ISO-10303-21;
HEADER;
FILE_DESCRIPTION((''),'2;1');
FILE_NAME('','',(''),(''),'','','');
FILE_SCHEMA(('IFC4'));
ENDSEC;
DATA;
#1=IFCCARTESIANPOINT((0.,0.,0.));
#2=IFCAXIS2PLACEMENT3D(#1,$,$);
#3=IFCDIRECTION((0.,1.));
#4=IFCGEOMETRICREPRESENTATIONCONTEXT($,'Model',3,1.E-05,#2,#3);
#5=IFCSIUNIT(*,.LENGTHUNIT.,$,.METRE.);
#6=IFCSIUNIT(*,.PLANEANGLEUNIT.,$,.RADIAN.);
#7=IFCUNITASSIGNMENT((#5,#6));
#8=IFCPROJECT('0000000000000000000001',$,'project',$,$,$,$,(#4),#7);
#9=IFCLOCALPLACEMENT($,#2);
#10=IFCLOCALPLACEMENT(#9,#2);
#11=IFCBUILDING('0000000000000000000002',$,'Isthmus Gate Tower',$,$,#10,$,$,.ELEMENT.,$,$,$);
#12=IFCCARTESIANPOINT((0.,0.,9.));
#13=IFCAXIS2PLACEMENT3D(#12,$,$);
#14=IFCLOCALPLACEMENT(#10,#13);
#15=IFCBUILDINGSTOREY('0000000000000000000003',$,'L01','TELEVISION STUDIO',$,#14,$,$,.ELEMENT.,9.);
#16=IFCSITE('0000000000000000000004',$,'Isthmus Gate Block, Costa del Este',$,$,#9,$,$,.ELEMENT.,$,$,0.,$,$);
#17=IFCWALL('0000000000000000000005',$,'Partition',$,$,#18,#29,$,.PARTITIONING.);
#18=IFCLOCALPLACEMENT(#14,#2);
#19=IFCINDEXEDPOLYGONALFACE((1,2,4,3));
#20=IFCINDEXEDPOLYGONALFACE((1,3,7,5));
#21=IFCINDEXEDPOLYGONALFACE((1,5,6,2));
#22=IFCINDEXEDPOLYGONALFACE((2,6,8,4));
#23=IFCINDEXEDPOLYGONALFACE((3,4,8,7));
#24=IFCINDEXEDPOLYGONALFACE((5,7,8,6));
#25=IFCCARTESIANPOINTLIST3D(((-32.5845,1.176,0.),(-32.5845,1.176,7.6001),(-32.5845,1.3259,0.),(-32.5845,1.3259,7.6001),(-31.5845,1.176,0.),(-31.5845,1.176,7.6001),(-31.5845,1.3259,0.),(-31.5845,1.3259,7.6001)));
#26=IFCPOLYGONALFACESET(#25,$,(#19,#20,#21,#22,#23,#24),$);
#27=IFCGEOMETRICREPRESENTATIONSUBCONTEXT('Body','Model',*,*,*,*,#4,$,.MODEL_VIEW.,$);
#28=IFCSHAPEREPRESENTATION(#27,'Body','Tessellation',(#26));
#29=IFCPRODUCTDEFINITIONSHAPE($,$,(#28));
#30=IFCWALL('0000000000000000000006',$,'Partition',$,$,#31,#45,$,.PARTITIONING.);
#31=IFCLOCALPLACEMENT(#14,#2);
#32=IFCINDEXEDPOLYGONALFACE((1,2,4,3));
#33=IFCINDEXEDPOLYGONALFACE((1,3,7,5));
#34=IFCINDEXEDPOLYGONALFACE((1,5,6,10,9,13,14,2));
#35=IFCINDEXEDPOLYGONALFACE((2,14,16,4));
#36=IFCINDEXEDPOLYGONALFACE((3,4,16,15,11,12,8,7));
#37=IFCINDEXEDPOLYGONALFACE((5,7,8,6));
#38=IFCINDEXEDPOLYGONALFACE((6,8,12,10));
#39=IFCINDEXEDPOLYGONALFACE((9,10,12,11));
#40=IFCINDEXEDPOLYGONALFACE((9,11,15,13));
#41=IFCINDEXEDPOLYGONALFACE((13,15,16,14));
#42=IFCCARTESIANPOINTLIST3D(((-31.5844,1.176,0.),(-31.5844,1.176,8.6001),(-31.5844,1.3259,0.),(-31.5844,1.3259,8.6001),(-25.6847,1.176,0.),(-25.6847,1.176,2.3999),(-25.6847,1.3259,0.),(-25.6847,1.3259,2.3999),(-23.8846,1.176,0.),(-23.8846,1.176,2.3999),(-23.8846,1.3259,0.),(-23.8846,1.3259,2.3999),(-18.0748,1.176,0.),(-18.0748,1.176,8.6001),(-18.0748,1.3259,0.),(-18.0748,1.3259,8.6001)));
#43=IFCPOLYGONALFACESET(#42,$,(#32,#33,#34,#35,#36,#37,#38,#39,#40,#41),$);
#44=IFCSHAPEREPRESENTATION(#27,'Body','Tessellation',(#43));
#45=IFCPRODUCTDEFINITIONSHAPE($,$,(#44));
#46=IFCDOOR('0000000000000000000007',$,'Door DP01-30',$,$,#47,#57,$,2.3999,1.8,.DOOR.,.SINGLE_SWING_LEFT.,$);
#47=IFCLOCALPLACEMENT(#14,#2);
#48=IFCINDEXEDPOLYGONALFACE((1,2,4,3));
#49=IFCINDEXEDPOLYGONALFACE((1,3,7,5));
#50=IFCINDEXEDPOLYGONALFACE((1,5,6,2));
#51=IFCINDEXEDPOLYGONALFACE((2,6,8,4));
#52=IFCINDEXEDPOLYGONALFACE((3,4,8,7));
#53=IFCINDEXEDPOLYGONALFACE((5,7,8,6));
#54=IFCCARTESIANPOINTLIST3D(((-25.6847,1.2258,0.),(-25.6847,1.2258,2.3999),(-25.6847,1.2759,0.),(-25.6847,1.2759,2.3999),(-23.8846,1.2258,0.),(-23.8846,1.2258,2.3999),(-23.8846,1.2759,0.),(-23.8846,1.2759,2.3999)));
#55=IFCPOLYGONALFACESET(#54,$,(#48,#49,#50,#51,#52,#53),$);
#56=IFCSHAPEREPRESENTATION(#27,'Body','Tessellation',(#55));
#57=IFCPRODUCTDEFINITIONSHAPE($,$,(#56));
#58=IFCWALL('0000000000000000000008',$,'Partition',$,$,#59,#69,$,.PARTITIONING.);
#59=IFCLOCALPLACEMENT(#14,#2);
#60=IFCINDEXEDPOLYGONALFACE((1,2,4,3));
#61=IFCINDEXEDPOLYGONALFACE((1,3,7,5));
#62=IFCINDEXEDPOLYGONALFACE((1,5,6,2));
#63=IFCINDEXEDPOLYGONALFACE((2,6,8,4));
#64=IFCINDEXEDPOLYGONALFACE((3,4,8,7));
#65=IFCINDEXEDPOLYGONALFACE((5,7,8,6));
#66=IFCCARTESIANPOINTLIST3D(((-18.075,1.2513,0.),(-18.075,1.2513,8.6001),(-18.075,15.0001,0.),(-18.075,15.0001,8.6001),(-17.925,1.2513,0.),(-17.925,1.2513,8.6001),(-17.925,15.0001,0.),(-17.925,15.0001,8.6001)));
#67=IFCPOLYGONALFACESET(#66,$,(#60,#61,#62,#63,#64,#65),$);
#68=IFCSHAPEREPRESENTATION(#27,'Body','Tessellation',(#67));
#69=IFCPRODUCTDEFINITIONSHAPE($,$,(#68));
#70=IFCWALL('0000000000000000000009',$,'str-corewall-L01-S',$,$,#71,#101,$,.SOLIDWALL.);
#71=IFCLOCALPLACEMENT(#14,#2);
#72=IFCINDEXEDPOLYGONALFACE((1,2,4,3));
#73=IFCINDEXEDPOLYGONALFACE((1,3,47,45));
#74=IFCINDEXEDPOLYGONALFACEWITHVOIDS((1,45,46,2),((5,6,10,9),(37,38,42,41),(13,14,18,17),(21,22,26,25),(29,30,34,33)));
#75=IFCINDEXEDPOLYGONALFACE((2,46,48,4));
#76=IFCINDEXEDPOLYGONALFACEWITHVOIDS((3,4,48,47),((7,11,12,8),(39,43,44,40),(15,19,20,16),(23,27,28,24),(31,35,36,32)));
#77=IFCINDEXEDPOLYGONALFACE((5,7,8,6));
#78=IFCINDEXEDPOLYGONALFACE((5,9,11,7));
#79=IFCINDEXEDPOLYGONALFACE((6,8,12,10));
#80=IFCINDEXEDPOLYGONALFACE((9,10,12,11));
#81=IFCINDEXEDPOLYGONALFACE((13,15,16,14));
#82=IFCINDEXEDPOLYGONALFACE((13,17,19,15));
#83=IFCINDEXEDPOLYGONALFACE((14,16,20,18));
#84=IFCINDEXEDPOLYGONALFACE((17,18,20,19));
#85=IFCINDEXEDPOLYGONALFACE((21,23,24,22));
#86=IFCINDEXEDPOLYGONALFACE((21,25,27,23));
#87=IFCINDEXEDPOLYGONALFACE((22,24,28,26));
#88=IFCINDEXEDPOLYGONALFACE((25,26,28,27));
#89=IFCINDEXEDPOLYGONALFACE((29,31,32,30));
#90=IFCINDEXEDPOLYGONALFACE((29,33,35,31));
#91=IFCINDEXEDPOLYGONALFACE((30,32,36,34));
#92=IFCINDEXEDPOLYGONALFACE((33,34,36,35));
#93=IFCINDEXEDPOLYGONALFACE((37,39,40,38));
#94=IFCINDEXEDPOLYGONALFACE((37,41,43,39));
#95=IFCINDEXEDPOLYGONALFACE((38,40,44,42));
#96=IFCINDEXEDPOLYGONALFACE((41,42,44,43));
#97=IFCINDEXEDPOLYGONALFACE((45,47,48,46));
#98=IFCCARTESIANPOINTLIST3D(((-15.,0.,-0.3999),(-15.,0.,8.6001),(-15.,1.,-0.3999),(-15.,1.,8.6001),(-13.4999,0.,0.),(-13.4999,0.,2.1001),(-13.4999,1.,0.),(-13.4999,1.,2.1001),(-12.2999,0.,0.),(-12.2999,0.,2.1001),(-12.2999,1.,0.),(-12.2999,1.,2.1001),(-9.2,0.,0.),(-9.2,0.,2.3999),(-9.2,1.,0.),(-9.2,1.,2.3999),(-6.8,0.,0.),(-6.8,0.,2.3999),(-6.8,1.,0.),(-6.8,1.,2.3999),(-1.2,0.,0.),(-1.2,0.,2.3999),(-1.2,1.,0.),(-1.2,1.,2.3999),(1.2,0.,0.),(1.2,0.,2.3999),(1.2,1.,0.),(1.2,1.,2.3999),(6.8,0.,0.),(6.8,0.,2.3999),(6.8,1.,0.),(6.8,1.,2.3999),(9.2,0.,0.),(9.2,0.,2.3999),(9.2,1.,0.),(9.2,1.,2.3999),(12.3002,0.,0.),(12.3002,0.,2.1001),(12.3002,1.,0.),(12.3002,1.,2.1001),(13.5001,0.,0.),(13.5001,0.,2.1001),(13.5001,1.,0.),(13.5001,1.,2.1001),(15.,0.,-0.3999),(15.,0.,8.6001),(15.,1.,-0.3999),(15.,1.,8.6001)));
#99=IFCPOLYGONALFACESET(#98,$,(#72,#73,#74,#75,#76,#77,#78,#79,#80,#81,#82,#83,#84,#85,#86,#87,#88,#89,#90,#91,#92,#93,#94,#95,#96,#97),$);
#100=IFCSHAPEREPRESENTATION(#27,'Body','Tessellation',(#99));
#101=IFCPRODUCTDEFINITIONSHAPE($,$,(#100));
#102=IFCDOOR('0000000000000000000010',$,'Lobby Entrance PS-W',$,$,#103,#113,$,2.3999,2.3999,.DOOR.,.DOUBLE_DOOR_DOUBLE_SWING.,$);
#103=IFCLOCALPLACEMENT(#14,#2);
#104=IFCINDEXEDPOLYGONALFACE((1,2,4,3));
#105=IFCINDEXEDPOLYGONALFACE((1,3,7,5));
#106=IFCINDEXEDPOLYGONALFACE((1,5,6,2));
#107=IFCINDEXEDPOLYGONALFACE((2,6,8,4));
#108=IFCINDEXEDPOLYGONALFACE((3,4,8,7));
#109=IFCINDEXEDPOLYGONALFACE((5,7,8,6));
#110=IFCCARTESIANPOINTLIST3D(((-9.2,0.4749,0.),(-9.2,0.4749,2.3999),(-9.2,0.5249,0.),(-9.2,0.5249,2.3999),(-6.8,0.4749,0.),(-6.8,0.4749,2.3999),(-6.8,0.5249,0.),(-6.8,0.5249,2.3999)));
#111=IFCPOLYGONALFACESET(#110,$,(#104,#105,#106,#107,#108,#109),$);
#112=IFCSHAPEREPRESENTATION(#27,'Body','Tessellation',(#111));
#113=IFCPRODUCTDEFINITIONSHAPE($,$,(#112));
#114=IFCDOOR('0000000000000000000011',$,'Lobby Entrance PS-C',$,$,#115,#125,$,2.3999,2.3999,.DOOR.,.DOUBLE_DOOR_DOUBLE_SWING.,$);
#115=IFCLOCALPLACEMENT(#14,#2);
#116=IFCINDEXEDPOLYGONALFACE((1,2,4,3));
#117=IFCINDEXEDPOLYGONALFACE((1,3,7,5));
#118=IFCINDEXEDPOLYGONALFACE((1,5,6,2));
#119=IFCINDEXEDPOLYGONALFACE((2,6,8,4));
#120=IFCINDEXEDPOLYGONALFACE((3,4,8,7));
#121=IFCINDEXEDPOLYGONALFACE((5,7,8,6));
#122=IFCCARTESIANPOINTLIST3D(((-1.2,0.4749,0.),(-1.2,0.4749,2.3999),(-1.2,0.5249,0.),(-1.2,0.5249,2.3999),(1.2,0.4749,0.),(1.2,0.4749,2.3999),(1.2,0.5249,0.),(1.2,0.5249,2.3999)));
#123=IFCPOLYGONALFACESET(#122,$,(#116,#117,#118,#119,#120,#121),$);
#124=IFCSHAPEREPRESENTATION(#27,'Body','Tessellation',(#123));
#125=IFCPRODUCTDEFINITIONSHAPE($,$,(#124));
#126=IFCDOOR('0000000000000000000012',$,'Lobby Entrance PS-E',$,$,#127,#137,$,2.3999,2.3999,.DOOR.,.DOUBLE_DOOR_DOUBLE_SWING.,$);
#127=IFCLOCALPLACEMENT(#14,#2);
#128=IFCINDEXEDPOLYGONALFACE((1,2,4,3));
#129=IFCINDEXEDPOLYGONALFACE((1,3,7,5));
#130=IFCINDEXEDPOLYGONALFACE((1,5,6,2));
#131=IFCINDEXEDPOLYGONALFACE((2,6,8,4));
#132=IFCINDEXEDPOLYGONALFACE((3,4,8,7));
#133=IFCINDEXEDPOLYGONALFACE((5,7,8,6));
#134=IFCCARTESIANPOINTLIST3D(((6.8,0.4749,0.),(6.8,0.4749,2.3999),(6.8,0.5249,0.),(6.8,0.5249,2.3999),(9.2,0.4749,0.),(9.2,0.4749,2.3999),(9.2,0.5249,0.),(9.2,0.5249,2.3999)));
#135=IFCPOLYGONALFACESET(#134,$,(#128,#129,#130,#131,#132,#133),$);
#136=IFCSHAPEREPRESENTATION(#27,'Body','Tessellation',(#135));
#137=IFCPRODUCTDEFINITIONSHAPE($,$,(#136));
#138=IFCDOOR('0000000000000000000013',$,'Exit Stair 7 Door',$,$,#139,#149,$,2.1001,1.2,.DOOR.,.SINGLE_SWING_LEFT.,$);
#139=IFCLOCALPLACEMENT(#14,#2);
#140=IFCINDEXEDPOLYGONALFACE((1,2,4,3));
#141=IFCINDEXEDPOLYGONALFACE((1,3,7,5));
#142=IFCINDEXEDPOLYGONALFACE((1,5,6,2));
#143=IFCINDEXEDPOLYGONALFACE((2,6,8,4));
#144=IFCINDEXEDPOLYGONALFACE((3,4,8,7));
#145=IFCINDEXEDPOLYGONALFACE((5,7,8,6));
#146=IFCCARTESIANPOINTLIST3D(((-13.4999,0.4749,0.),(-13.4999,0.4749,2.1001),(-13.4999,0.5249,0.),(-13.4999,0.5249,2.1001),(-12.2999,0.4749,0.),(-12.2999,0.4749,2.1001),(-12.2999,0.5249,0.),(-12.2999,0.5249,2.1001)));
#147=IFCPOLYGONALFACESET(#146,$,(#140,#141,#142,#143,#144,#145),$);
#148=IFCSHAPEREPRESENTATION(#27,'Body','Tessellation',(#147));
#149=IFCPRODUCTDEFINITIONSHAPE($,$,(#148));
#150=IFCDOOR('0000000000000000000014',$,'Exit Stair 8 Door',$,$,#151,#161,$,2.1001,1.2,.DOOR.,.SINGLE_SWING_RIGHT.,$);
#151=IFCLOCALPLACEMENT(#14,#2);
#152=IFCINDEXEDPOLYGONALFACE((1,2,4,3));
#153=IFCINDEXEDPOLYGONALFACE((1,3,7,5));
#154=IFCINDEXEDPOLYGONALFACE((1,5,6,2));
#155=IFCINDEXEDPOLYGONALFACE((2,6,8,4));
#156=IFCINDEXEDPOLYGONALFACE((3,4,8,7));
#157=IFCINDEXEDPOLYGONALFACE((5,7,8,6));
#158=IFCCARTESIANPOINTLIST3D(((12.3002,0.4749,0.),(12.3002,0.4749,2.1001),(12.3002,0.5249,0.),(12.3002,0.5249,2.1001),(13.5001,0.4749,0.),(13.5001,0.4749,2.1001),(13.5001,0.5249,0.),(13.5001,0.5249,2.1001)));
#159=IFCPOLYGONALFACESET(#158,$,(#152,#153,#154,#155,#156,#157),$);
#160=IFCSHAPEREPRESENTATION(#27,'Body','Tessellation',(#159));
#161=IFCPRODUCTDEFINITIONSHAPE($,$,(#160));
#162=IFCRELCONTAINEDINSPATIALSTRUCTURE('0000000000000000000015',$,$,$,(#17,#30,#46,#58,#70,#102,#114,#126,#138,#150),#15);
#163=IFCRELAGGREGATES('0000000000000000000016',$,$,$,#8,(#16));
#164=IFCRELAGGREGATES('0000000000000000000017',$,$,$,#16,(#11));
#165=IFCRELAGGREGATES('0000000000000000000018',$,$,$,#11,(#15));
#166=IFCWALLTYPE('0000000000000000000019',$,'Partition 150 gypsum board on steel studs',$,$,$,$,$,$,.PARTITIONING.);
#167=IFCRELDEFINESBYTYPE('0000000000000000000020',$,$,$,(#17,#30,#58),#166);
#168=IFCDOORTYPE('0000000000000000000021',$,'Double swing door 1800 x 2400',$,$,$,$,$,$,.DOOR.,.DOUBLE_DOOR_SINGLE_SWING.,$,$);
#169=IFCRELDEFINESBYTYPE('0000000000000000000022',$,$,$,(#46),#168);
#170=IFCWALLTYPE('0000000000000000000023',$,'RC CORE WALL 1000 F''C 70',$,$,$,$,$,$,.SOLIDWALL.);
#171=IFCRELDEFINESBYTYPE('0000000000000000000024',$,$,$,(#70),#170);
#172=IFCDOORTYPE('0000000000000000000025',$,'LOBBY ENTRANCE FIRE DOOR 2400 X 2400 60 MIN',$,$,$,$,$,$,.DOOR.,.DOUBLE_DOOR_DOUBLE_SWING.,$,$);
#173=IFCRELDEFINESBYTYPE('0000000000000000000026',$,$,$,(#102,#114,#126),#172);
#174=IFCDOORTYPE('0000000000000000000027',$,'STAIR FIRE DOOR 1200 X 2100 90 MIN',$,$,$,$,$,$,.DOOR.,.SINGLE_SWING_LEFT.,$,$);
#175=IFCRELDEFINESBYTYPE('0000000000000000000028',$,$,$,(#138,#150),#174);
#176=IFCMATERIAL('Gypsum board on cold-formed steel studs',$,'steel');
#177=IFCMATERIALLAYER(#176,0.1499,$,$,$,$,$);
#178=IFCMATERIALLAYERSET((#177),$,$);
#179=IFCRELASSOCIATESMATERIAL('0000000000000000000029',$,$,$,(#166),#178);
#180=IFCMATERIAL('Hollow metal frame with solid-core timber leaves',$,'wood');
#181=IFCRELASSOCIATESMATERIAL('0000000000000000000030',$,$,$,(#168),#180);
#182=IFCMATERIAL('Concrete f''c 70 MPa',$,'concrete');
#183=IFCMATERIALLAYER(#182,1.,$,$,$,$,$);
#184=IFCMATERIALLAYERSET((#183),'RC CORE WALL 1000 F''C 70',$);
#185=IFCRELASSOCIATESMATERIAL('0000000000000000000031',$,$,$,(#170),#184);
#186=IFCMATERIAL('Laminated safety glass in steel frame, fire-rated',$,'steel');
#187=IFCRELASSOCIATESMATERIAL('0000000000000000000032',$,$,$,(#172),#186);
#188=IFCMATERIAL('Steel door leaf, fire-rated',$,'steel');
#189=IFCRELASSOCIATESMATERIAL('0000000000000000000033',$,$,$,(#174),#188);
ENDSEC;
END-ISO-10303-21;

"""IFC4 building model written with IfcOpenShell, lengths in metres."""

from ifc_helpers import new_model, si_unit, direction, frame, frame_2d, origin, place, context, subcontext, project, spatial, rectangle, extrude, material, layer, layer_set, type_object, element, fill, save


model = new_model("IFC4")

# Units and contexts
model_context = context("Model", 3, precision=1e-05, world=origin(), true_north=direction((0.0, 1.0)))
body_context = subcontext(model_context, "Body", "Model", "MODEL_VIEW")
ifc_project = project(units=[si_unit("LENGTHUNIT", "METRE"), si_unit("PLANEANGLEUNIT", "RADIAN")], contexts=[model_context])

# Site, building, storey
site_placement = place(None, origin())
site = spatial("IfcSite", under=ifc_project, at=site_placement, Name="Isthmus Gate Block, Costa del Este", CompositionType="ELEMENT", RefElevation=0.0)
building_placement = place(site_placement, origin())
building = spatial("IfcBuilding", under=site, at=building_placement, Name="Isthmus Gate Tower", CompositionType="ELEMENT")
storey_placement = place(building_placement, frame((0.0, 0.0, 9.0)))
storey = spatial("IfcBuildingStorey", under=building, at=storey_placement, Name="L01", Description="TELEVISION STUDIO", CompositionType="ELEMENT", Elevation=9.0)

# Wall
ifc_material_1 = material(Name="Gypsum board on cold-formed steel studs", Category="steel")
ifc_layer_1 = layer(ifc_material_1, 0.1499)
ifc_layer_set_1 = layer_set([ifc_layer_1])
wall_type_1 = type_object("IfcWallType", Name="Partition 150 gypsum board on steel studs", PredefinedType="PARTITIONING", material=ifc_layer_set_1)
wall_1_placement = place(storey_placement, frame((-32.5845, 1.251, 0.0), z_axis=(0.0, 0.0, 1.0), x_axis=(1.0, 0.0, 0.0)))
element("IfcWall", 1, at=wall_1_placement, inside=storey, type_object=wall_type_1, Name="Partition", PredefinedType="PARTITIONING", context=body_context, shape_type="SweptSolid", body=[
    extrude(rectangle(XDim=1.0, YDim=0.1499, at=frame_2d((0.5, 0.0))), origin(), (0.0, 0.0, 1.0), 7.6001),
])

# Wall, opening, door
wall_2_placement = place(storey_placement, frame((-31.5845, 1.251, 0.0), z_axis=(0.0, 0.0, 1.0), x_axis=(1.0, 0.0, 0.0)))
wall_2 = element("IfcWall", 2, at=wall_2_placement, inside=storey, type_object=wall_type_1, Name="Partition", PredefinedType="PARTITIONING", context=body_context, shape_type="SweptSolid", body=[
    extrude(rectangle(XDim=13.5095, YDim=0.1499, at=frame_2d((6.7549, 0.0))), origin(), (0.0, 0.0, 1.0), 8.6001),
])
opening_1_placement = place(wall_2_placement, frame((5.8999, 0.0, 0.0)))
opening_1 = element("IfcOpeningElement", 3, at=opening_1_placement, cuts=wall_2, PredefinedType="OPENING", context=body_context, shape_type="SweptSolid", body=[
    extrude(rectangle(XDim=1.8, YDim=2.3999, at=frame_2d((0.8999, 1.2))), frame((0.0, 0.085, 0.0), z_axis=(0.0, -1.0, 0.0), x_axis=(1.0, 0.0, 0.0)), (0.0, 0.0, 1.0), 0.1699),
])
ifc_material_2 = material(Name="Hollow metal frame with solid-core timber leaves", Category="wood")
door_type_1 = type_object("IfcDoorType", Name="Double swing door 1800 x 2400", OperationType="DOUBLE_DOOR_SINGLE_SWING", PredefinedType="DOOR", material=ifc_material_2)
door_1_placement = place(opening_1_placement, origin())
door_1 = element("IfcDoor", 4, at=door_1_placement, inside=storey, type_object=door_type_1, Name="Door DP01-30", OperationType="SINGLE_SWING_LEFT", OverallHeight=2.3999, OverallWidth=1.8, PredefinedType="DOOR", context=body_context, shape_type="SweptSolid", body=[
    extrude(rectangle(XDim=1.8, YDim=2.3999, at=frame_2d((0.8999, 1.2))), frame((0.0, 0.0249, 0.0), z_axis=(0.0, -1.0, 0.0), x_axis=(1.0, 0.0, 0.0)), (0.0, 0.0, 1.0), 0.05),
])
fill(opening_1, door_1)

# Wall
wall_3_placement = place(storey_placement, frame((-18.0, 1.2512, 0.0), z_axis=(0.0, 0.0, 1.0), x_axis=(0.0, 1.0, 0.0)))
element("IfcWall", 5, at=wall_3_placement, inside=storey, type_object=wall_type_1, Name="Partition", PredefinedType="PARTITIONING", context=body_context, shape_type="SweptSolid", body=[
    extrude(rectangle(XDim=13.7488, YDim=0.1499, at=frame_2d((6.8745, 0.0))), origin(), (0.0, 0.0, 1.0), 8.6001),
])

# Wall, openings, doors
ifc_material_3 = material(Name="Concrete f'c 70 MPa", Category="concrete")
ifc_layer_2 = layer(ifc_material_3, 1.0)
ifc_layer_set_2 = layer_set([ifc_layer_2], Name="RC CORE WALL 1000 F'C 70")
wall_type_2 = type_object("IfcWallType", Name="RC CORE WALL 1000 F'C 70", PredefinedType="SOLIDWALL", material=ifc_layer_set_2)
wall_4_placement = place(storey_placement, frame((-15.0, 0.5, -0.3999), z_axis=(0.0, 0.0, 1.0), x_axis=(1.0, 0.0, 0.0)))
wall_4 = element("IfcWall", 6, at=wall_4_placement, inside=storey, type_object=wall_type_2, Name="str-corewall-L01-S", PredefinedType="SOLIDWALL", context=body_context, shape_type="SweptSolid", body=[
    extrude(rectangle(XDim=30.0, YDim=1.0, at=frame_2d((15.0, 0.0))), origin(), (0.0, 0.0, 1.0), 9.0),
])
opening_2_placement = place(wall_4_placement, frame((5.8, 0.0, 0.3999)))
opening_2 = element("IfcOpeningElement", 7, at=opening_2_placement, cuts=wall_4, PredefinedType="OPENING", context=body_context, shape_type="SweptSolid", body=[
    extrude(rectangle(XDim=2.3999, YDim=2.3999, at=frame_2d((1.2, 1.2))), frame((0.0, 0.51, 0.0), z_axis=(0.0, -1.0, 0.0), x_axis=(1.0, 0.0, 0.0)), (0.0, 0.0, 1.0), 1.02),
])
opening_3_placement = place(wall_4_placement, frame((13.8, 0.0, 0.3999)))
opening_3 = element("IfcOpeningElement", 8, at=opening_3_placement, cuts=wall_4, PredefinedType="OPENING", context=body_context, shape_type="SweptSolid", body=[
    extrude(rectangle(XDim=2.3999, YDim=2.3999, at=frame_2d((1.2, 1.2))), frame((0.0, 0.51, 0.0), z_axis=(0.0, -1.0, 0.0), x_axis=(1.0, 0.0, 0.0)), (0.0, 0.0, 1.0), 1.02),
])
opening_4_placement = place(wall_4_placement, frame((21.8, 0.0, 0.3999)))
opening_4 = element("IfcOpeningElement", 9, at=opening_4_placement, cuts=wall_4, PredefinedType="OPENING", context=body_context, shape_type="SweptSolid", body=[
    extrude(rectangle(XDim=2.3999, YDim=2.3999, at=frame_2d((1.2, 1.2))), frame((0.0, 0.51, 0.0), z_axis=(0.0, -1.0, 0.0), x_axis=(1.0, 0.0, 0.0)), (0.0, 0.0, 1.0), 1.02),
])
opening_5_placement = place(wall_4_placement, frame((1.5, 0.0, 0.3999)))
opening_5 = element("IfcOpeningElement", 10, at=opening_5_placement, cuts=wall_4, PredefinedType="OPENING", context=body_context, shape_type="SweptSolid", body=[
    extrude(rectangle(XDim=1.2, YDim=2.1001, at=frame_2d((0.6001, 1.05))), frame((0.0, 0.51, 0.0), z_axis=(0.0, -1.0, 0.0), x_axis=(1.0, 0.0, 0.0)), (0.0, 0.0, 1.0), 1.02),
])
opening_6_placement = place(wall_4_placement, frame((27.3, 0.0, 0.3999)))
opening_6 = element("IfcOpeningElement", 11, at=opening_6_placement, cuts=wall_4, PredefinedType="OPENING", context=body_context, shape_type="SweptSolid", body=[
    extrude(rectangle(XDim=1.2, YDim=2.1001, at=frame_2d((0.6001, 1.05))), frame((0.0, 0.51, 0.0), z_axis=(0.0, -1.0, 0.0), x_axis=(1.0, 0.0, 0.0)), (0.0, 0.0, 1.0), 1.02),
])
ifc_material_4 = material(Name="Laminated safety glass in steel frame, fire-rated", Category="steel")
door_type_2 = type_object("IfcDoorType", Name="LOBBY ENTRANCE FIRE DOOR 2400 X 2400 60 MIN", OperationType="DOUBLE_DOOR_DOUBLE_SWING", PredefinedType="DOOR", material=ifc_material_4)
door_2_placement = place(opening_2_placement, origin())
door_2 = element("IfcDoor", 12, at=door_2_placement, inside=storey, type_object=door_type_2, Name="Lobby Entrance PS-W", OperationType="DOUBLE_DOOR_DOUBLE_SWING", OverallHeight=2.3999, OverallWidth=2.3999, PredefinedType="DOOR", context=body_context, shape_type="SweptSolid", body=[
    extrude(rectangle(XDim=2.3999, YDim=2.3999, at=frame_2d((1.2, 1.2))), frame((0.0, 0.0249, 0.0), z_axis=(0.0, -1.0, 0.0), x_axis=(1.0, 0.0, 0.0)), (0.0, 0.0, 1.0), 0.05),
])
fill(opening_2, door_2)
door_3_placement = place(opening_3_placement, origin())
door_3 = element("IfcDoor", 13, at=door_3_placement, inside=storey, type_object=door_type_2, Name="Lobby Entrance PS-C", OperationType="DOUBLE_DOOR_DOUBLE_SWING", OverallHeight=2.3999, OverallWidth=2.3999, PredefinedType="DOOR", context=body_context, shape_type="SweptSolid", body=[
    extrude(rectangle(XDim=2.3999, YDim=2.3999, at=frame_2d((1.2, 1.2))), frame((0.0, 0.0249, 0.0), z_axis=(0.0, -1.0, 0.0), x_axis=(1.0, 0.0, 0.0)), (0.0, 0.0, 1.0), 0.05),
])
fill(opening_3, door_3)
door_4_placement = place(opening_4_placement, origin())
door_4 = element("IfcDoor", 14, at=door_4_placement, inside=storey, type_object=door_type_2, Name="Lobby Entrance PS-E", OperationType="DOUBLE_DOOR_DOUBLE_SWING", OverallHeight=2.3999, OverallWidth=2.3999, PredefinedType="DOOR", context=body_context, shape_type="SweptSolid", body=[
    extrude(rectangle(XDim=2.3999, YDim=2.3999, at=frame_2d((1.2, 1.2))), frame((0.0, 0.0249, 0.0), z_axis=(0.0, -1.0, 0.0), x_axis=(1.0, 0.0, 0.0)), (0.0, 0.0, 1.0), 0.05),
])
fill(opening_4, door_4)
ifc_material_5 = material(Name="Steel door leaf, fire-rated", Category="steel")
door_type_3 = type_object("IfcDoorType", Name="STAIR FIRE DOOR 1200 X 2100 90 MIN", OperationType="SINGLE_SWING_LEFT", PredefinedType="DOOR", material=ifc_material_5)
door_5_placement = place(opening_5_placement, origin())
door_5 = element("IfcDoor", 15, at=door_5_placement, inside=storey, type_object=door_type_3, Name="Exit Stair 7 Door", OperationType="SINGLE_SWING_LEFT", OverallHeight=2.1001, OverallWidth=1.2, PredefinedType="DOOR", context=body_context, shape_type="SweptSolid", body=[
    extrude(rectangle(XDim=1.2, YDim=2.1001, at=frame_2d((0.6001, 1.05))), frame((0.0, 0.0249, 0.0), z_axis=(0.0, -1.0, 0.0), x_axis=(1.0, 0.0, 0.0)), (0.0, 0.0, 1.0), 0.05),
])
fill(opening_5, door_5)
door_6_placement = place(opening_6_placement, origin())
door_6 = element("IfcDoor", 16, at=door_6_placement, inside=storey, type_object=door_type_3, Name="Exit Stair 8 Door", OperationType="SINGLE_SWING_RIGHT", OverallHeight=2.1001, OverallWidth=1.2, PredefinedType="DOOR", context=body_context, shape_type="SweptSolid", body=[
    extrude(rectangle(XDim=1.2, YDim=2.1001, at=frame_2d((0.6001, 1.05))), frame((0.0, 0.0249, 0.0), z_axis=(0.0, -1.0, 0.0), x_axis=(1.0, 0.0, 0.0)), (0.0, 0.0, 1.0), 0.05),
])
fill(opening_6, door_6)

save(model, "model.ifc")
